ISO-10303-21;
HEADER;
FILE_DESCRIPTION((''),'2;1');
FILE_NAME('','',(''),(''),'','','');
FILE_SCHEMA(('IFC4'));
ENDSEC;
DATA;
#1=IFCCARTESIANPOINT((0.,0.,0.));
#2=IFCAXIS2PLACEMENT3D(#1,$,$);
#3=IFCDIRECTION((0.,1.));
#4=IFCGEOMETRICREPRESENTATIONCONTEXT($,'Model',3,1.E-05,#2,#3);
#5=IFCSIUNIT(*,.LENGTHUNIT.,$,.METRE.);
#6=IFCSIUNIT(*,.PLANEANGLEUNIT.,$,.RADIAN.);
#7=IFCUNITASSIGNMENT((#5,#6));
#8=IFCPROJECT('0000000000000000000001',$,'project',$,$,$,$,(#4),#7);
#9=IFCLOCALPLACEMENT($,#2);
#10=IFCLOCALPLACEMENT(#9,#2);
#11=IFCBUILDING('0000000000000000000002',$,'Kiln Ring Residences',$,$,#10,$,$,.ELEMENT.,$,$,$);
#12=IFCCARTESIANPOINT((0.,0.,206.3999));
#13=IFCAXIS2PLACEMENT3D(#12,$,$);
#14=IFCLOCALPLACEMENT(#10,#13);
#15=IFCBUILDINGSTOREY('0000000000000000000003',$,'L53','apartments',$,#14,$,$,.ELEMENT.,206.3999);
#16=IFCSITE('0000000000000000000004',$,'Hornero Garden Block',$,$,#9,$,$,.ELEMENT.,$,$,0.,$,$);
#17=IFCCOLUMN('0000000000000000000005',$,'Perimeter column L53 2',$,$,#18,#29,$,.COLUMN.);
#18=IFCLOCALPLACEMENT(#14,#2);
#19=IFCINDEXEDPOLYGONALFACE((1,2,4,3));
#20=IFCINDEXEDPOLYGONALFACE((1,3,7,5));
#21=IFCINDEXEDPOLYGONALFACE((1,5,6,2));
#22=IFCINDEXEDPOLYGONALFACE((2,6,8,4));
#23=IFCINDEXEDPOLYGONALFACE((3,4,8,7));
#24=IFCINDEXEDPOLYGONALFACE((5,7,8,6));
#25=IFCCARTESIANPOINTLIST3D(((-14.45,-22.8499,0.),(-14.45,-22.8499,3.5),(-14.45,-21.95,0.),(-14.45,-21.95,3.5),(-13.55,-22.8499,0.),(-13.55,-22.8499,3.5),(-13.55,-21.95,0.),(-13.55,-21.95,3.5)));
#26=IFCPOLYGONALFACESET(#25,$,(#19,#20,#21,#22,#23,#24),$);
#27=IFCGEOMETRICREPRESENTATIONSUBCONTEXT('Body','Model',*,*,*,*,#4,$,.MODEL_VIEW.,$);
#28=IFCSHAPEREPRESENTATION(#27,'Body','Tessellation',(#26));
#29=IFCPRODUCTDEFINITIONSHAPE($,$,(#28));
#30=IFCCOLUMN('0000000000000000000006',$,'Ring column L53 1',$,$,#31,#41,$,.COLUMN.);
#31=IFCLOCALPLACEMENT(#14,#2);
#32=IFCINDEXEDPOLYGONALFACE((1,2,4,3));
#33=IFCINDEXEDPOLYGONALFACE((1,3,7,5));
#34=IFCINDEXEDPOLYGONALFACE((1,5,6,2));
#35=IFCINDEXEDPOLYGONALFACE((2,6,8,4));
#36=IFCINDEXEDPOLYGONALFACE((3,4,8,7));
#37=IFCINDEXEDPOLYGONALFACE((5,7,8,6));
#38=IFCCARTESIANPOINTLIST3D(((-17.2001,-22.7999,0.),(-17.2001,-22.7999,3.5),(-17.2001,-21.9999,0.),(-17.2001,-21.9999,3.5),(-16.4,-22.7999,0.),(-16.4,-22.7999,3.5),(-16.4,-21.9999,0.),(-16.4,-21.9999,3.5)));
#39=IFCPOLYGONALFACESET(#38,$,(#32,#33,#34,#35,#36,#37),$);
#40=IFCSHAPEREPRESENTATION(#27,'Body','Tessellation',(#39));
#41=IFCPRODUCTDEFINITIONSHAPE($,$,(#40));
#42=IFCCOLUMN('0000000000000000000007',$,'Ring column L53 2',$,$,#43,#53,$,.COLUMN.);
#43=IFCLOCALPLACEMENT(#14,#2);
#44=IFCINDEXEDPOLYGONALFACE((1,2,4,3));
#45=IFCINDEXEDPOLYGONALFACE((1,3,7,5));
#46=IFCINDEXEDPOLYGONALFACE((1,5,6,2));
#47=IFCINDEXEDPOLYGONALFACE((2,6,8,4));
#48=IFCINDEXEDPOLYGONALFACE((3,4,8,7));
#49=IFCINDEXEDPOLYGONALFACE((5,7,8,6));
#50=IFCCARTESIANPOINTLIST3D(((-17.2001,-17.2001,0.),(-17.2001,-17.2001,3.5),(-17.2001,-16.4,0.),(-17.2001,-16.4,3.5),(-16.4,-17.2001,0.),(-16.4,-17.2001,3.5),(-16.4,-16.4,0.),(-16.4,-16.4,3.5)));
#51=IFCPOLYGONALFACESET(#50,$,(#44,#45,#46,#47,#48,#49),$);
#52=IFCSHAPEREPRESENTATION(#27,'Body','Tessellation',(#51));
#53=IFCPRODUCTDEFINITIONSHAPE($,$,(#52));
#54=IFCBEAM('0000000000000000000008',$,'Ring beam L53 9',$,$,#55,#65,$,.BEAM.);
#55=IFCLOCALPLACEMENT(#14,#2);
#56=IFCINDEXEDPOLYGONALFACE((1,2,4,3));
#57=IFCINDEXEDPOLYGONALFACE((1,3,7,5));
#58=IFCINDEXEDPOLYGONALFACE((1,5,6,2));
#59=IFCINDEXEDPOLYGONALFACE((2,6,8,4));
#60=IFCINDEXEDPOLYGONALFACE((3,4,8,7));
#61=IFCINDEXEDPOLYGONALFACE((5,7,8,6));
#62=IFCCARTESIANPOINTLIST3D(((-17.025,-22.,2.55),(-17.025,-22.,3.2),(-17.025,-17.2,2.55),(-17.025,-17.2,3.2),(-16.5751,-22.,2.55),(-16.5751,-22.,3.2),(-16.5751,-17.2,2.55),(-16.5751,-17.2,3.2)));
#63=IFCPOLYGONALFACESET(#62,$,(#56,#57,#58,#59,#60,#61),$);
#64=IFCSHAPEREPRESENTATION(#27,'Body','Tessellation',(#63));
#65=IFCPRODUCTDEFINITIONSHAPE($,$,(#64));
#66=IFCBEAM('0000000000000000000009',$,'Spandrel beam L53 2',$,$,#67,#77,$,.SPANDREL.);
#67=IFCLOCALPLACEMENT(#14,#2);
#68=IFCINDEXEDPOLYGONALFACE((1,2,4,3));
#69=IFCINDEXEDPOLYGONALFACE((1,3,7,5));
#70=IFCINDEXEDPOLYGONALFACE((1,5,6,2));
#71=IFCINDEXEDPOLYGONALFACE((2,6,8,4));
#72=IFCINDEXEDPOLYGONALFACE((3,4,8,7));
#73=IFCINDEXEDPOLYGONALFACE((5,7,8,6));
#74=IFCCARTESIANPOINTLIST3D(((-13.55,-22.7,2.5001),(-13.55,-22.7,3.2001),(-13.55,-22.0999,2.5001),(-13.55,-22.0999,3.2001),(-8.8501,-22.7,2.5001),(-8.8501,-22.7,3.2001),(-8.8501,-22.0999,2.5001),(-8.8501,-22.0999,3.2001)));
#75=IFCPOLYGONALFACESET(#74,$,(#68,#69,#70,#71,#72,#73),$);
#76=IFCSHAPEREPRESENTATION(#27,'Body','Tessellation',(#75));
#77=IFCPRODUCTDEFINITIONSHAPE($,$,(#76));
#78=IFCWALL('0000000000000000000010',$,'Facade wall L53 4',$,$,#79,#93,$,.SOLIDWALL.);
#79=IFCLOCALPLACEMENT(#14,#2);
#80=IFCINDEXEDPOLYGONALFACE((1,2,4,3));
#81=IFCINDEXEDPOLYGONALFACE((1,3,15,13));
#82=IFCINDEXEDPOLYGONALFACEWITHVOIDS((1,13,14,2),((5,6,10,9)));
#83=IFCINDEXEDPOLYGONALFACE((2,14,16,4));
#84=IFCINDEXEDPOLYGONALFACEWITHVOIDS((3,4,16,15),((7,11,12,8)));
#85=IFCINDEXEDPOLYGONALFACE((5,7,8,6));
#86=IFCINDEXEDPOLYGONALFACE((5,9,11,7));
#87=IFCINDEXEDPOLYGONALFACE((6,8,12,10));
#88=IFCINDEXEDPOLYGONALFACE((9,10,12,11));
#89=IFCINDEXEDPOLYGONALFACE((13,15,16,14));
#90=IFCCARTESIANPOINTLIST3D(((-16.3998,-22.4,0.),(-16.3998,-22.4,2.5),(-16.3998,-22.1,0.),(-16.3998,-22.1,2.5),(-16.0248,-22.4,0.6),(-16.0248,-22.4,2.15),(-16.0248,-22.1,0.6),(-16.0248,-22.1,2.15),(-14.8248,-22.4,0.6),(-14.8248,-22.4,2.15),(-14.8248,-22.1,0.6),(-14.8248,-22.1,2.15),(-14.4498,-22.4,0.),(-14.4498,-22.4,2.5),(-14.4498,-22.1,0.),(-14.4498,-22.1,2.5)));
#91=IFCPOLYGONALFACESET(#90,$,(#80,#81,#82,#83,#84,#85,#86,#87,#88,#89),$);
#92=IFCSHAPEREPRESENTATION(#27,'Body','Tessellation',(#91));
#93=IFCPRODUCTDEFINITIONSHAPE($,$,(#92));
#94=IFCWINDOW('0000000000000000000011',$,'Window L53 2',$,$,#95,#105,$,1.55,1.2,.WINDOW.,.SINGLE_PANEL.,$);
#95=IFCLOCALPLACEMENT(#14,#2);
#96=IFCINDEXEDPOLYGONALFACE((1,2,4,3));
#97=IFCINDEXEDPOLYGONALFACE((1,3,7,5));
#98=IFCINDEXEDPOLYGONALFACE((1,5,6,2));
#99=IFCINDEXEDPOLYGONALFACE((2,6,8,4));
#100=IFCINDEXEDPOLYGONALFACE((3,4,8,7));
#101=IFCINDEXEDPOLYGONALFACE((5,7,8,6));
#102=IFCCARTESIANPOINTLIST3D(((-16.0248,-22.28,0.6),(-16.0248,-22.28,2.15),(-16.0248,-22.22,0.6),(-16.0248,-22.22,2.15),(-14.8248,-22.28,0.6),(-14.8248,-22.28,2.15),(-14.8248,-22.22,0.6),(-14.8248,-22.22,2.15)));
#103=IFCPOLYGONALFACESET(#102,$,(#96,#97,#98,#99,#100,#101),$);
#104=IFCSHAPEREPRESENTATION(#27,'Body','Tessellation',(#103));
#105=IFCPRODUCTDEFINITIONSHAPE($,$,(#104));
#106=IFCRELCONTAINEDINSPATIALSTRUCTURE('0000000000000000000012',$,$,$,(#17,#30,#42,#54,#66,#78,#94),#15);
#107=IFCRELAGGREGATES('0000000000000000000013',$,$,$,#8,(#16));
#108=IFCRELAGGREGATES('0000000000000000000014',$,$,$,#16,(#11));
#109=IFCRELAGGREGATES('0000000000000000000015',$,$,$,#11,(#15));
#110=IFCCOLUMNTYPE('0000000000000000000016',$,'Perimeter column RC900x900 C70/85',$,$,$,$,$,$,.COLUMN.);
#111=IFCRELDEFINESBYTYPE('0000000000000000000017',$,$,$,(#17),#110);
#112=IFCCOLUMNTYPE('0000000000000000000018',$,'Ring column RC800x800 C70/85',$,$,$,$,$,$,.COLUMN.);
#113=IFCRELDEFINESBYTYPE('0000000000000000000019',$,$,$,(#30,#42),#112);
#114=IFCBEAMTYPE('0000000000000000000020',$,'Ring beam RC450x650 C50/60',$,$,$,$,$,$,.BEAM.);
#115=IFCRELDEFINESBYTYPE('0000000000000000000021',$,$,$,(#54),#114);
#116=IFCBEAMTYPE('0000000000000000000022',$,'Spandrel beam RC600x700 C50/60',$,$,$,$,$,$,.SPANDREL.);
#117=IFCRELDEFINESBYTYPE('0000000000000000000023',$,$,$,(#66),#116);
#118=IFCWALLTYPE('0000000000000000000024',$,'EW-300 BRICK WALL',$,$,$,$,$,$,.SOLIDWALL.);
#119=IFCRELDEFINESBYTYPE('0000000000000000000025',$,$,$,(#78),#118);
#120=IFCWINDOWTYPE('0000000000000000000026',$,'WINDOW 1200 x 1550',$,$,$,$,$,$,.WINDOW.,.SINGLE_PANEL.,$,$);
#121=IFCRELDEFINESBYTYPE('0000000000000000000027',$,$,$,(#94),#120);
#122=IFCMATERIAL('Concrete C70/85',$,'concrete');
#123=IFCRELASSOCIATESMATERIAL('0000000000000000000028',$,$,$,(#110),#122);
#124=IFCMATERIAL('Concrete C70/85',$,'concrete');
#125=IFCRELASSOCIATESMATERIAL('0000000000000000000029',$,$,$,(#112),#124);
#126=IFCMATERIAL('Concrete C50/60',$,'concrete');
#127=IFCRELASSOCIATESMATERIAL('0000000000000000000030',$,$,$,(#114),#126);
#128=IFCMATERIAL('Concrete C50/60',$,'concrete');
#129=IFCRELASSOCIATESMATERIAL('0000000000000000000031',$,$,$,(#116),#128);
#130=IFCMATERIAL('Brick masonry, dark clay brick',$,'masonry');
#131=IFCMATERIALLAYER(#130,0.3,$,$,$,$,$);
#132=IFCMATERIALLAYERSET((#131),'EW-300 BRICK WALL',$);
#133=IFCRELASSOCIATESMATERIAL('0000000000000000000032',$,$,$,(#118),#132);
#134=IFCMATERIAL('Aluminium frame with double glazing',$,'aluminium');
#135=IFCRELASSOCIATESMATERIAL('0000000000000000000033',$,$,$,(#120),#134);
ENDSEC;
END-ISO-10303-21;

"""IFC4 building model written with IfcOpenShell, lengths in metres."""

from ifc_helpers import new_model, si_unit, direction, frame, frame_2d, origin, origin_2d, place, context, subcontext, project, spatial, rectangle, extrude, material, layer, layer_set, material_profile, profile_set, type_object, element, fill, save


model = new_model("IFC4")

# Units and contexts
model_context = context("Model", 3, precision=1e-05, world=origin(), true_north=direction((0.0, 1.0)))
body_context = subcontext(model_context, "Body", "Model", "MODEL_VIEW")
ifc_project = project(units=[si_unit("LENGTHUNIT", "METRE"), si_unit("PLANEANGLEUNIT", "RADIAN")], contexts=[model_context])

# Site, building, storey
site_placement = place(None, origin())
site = spatial("IfcSite", under=ifc_project, at=site_placement, Name="Hornero Garden Block", CompositionType="ELEMENT", RefElevation=0.0)
building_placement = place(site_placement, origin())
building = spatial("IfcBuilding", under=site, at=building_placement, Name="Kiln Ring Residences", CompositionType="ELEMENT")
storey_placement = place(building_placement, frame((0.0, 0.0, 206.3999)))
storey = spatial("IfcBuildingStorey", under=building, at=storey_placement, Name="L53", Description="apartments", CompositionType="ELEMENT", Elevation=206.3999)

# Columns
ifc_material_1 = material(Name="Concrete C70/85", Category="concrete")
ifc_material_profile_1 = material_profile(ifc_material_1, rectangle(XDim=0.8999, YDim=0.8999, at=origin_2d()), Name="RC900x900")
ifc_profile_set_1 = profile_set([ifc_material_profile_1], Name="Concrete C70/85")
column_type_1 = type_object("IfcColumnType", Name="Perimeter column RC900x900 C70/85", PredefinedType="COLUMN", material=ifc_profile_set_1)
column_placement = place(storey_placement, frame((-14.0, -22.3999, 0.0), z_axis=(0.0, 0.0, 1.0), x_axis=(1.0, 0.0, 0.0)))
element("IfcColumn", 1, at=column_placement, inside=storey, type_object=column_type_1, Name="Perimeter column L53 2", PredefinedType="COLUMN", context=body_context, shape_type="SweptSolid", body=[
    extrude(rectangle(XDim=0.8999, YDim=0.8999, at=origin_2d()), origin(), (0.0, 0.0, 1.0), 3.5),
])
ifc_material_2 = material(Name="Concrete C70/85", Category="concrete")
ifc_material_profile_2 = material_profile(ifc_material_2, rectangle(XDim=0.8, YDim=0.8, at=origin_2d()), Name="RC800x800")
ifc_profile_set_2 = profile_set([ifc_material_profile_2], Name="Concrete C70/85")
column_type_2 = type_object("IfcColumnType", Name="Ring column RC800x800 C70/85", PredefinedType="COLUMN", material=ifc_profile_set_2)
for number, where, z_axis, x_axis, name in (
    (2, (-16.8, -22.3999, 0.0), (0.0, 0.0, 1.0), (1.0, 0.0, 0.0), "Ring column L53 1"),
    (3, (-16.8, -16.8, 0.0), (0.0, 0.0, 1.0), (1.0, 0.0, 0.0), "Ring column L53 2"),
):
    element("IfcColumn", number, at=place(storey_placement, frame(where, z_axis=z_axis, x_axis=x_axis)), inside=storey, type_object=column_type_2, Name=name, PredefinedType="COLUMN", context=body_context, shape_type="SweptSolid", body=[
        extrude(rectangle(XDim=0.8, YDim=0.8, at=origin_2d()), origin(), (0.0, 0.0, 1.0), 3.5),
    ])

# Beams
ifc_material_3 = material(Name="Concrete C50/60", Category="concrete")
ifc_material_profile_3 = material_profile(ifc_material_3, rectangle(XDim=0.45, YDim=0.6499, at=origin_2d()), Name="RC450x650")
ifc_profile_set_3 = profile_set([ifc_material_profile_3], Name="Concrete C50/60")
beam_type_1 = type_object("IfcBeamType", Name="Ring beam RC450x650 C50/60", PredefinedType="BEAM", material=ifc_profile_set_3)
beam_1_placement = place(storey_placement, frame((-16.8, -17.2, 2.875), z_axis=(0.0, -1.0, 0.0), x_axis=(1.0, 0.0, 0.0)))
element("IfcBeam", 4, at=beam_1_placement, inside=storey, type_object=beam_type_1, Name="Ring beam L53 9", PredefinedType="BEAM", context=body_context, shape_type="SweptSolid", body=[
    extrude(rectangle(XDim=0.45, YDim=0.6499, at=origin_2d()), origin(), (0.0, 0.0, 1.0), 4.8),
])
ifc_material_4 = material(Name="Concrete C50/60", Category="concrete")
ifc_material_profile_4 = material_profile(ifc_material_4, rectangle(XDim=0.6001, YDim=0.7, at=origin_2d()), Name="RC600x700")
ifc_profile_set_4 = profile_set([ifc_material_profile_4], Name="Concrete C50/60")
beam_type_2 = type_object("IfcBeamType", Name="Spandrel beam RC600x700 C50/60", PredefinedType="SPANDREL", material=ifc_profile_set_4)
beam_2_placement = place(storey_placement, frame((-13.55, -22.3999, 2.8501), z_axis=(1.0, 0.0, 0.0), x_axis=(0.0, 1.0, 0.0)))
element("IfcBeam", 5, at=beam_2_placement, inside=storey, type_object=beam_type_2, Name="Spandrel beam L53 2", PredefinedType="SPANDREL", context=body_context, shape_type="SweptSolid", body=[
    extrude(rectangle(XDim=0.6001, YDim=0.7, at=origin_2d()), origin(), (0.0, 0.0, 1.0), 4.7),
])

# Wall, opening, window
ifc_material_5 = material(Name="Brick masonry, dark clay brick", Category="masonry")
ifc_layer_1 = layer(ifc_material_5, 0.3)
ifc_layer_set_1 = layer_set([ifc_layer_1], Name="EW-300 BRICK WALL")
wall_type_1 = type_object("IfcWallType", Name="EW-300 BRICK WALL", PredefinedType="SOLIDWALL", material=ifc_layer_set_1)
wall_1_placement = place(storey_placement, frame((-16.3999, -22.25, 0.0), z_axis=(0.0, 0.0, 1.0), x_axis=(1.0, 0.0, 0.0)))
wall_1 = element("IfcWall", 6, at=wall_1_placement, inside=storey, type_object=wall_type_1, Name="Facade wall L53 4", PredefinedType="SOLIDWALL", context=body_context, shape_type="SweptSolid", body=[
    extrude(rectangle(XDim=1.95, YDim=0.3, at=frame_2d((0.9751, 0.0))), origin(), (0.0, 0.0, 1.0), 2.5),
])
opening_1_placement = place(wall_1_placement, frame((0.375, 0.0, 0.6001)))
opening_1 = element("IfcOpeningElement", 7, at=opening_1_placement, cuts=wall_1, PredefinedType="OPENING", context=body_context, shape_type="SweptSolid", body=[
    extrude(rectangle(XDim=1.2, YDim=1.55, at=frame_2d((0.6001, 0.7749))), frame((0.0, 0.1599, 0.0), z_axis=(0.0, -1.0, 0.0), x_axis=(1.0, 0.0, 0.0)), (0.0, 0.0, 1.0), 0.3201),
])
ifc_material_6 = material(Name="Aluminium frame with double glazing", Category="aluminium")
window_type = type_object("IfcWindowType", Name="WINDOW 1200 x 1550", PartitioningType="SINGLE_PANEL", PredefinedType="WINDOW", material=ifc_material_6)
window_placement = place(opening_1_placement, origin())
window = element("IfcWindow", 8, at=window_placement, inside=storey, type_object=window_type, Name="Window L53 2", OverallHeight=1.55, OverallWidth=1.2, PartitioningType="SINGLE_PANEL", PredefinedType="WINDOW", context=body_context, shape_type="SweptSolid", body=[
    extrude(rectangle(XDim=1.2, YDim=1.55, at=frame_2d((0.6001, 0.7749))), frame((0.0, 0.03, 0.0), z_axis=(0.0, -1.0, 0.0), x_axis=(1.0, 0.0, 0.0)), (0.0, 0.0, 1.0), 0.0601),
])
fill(opening_1, window)

save(model, "model.ifc")
